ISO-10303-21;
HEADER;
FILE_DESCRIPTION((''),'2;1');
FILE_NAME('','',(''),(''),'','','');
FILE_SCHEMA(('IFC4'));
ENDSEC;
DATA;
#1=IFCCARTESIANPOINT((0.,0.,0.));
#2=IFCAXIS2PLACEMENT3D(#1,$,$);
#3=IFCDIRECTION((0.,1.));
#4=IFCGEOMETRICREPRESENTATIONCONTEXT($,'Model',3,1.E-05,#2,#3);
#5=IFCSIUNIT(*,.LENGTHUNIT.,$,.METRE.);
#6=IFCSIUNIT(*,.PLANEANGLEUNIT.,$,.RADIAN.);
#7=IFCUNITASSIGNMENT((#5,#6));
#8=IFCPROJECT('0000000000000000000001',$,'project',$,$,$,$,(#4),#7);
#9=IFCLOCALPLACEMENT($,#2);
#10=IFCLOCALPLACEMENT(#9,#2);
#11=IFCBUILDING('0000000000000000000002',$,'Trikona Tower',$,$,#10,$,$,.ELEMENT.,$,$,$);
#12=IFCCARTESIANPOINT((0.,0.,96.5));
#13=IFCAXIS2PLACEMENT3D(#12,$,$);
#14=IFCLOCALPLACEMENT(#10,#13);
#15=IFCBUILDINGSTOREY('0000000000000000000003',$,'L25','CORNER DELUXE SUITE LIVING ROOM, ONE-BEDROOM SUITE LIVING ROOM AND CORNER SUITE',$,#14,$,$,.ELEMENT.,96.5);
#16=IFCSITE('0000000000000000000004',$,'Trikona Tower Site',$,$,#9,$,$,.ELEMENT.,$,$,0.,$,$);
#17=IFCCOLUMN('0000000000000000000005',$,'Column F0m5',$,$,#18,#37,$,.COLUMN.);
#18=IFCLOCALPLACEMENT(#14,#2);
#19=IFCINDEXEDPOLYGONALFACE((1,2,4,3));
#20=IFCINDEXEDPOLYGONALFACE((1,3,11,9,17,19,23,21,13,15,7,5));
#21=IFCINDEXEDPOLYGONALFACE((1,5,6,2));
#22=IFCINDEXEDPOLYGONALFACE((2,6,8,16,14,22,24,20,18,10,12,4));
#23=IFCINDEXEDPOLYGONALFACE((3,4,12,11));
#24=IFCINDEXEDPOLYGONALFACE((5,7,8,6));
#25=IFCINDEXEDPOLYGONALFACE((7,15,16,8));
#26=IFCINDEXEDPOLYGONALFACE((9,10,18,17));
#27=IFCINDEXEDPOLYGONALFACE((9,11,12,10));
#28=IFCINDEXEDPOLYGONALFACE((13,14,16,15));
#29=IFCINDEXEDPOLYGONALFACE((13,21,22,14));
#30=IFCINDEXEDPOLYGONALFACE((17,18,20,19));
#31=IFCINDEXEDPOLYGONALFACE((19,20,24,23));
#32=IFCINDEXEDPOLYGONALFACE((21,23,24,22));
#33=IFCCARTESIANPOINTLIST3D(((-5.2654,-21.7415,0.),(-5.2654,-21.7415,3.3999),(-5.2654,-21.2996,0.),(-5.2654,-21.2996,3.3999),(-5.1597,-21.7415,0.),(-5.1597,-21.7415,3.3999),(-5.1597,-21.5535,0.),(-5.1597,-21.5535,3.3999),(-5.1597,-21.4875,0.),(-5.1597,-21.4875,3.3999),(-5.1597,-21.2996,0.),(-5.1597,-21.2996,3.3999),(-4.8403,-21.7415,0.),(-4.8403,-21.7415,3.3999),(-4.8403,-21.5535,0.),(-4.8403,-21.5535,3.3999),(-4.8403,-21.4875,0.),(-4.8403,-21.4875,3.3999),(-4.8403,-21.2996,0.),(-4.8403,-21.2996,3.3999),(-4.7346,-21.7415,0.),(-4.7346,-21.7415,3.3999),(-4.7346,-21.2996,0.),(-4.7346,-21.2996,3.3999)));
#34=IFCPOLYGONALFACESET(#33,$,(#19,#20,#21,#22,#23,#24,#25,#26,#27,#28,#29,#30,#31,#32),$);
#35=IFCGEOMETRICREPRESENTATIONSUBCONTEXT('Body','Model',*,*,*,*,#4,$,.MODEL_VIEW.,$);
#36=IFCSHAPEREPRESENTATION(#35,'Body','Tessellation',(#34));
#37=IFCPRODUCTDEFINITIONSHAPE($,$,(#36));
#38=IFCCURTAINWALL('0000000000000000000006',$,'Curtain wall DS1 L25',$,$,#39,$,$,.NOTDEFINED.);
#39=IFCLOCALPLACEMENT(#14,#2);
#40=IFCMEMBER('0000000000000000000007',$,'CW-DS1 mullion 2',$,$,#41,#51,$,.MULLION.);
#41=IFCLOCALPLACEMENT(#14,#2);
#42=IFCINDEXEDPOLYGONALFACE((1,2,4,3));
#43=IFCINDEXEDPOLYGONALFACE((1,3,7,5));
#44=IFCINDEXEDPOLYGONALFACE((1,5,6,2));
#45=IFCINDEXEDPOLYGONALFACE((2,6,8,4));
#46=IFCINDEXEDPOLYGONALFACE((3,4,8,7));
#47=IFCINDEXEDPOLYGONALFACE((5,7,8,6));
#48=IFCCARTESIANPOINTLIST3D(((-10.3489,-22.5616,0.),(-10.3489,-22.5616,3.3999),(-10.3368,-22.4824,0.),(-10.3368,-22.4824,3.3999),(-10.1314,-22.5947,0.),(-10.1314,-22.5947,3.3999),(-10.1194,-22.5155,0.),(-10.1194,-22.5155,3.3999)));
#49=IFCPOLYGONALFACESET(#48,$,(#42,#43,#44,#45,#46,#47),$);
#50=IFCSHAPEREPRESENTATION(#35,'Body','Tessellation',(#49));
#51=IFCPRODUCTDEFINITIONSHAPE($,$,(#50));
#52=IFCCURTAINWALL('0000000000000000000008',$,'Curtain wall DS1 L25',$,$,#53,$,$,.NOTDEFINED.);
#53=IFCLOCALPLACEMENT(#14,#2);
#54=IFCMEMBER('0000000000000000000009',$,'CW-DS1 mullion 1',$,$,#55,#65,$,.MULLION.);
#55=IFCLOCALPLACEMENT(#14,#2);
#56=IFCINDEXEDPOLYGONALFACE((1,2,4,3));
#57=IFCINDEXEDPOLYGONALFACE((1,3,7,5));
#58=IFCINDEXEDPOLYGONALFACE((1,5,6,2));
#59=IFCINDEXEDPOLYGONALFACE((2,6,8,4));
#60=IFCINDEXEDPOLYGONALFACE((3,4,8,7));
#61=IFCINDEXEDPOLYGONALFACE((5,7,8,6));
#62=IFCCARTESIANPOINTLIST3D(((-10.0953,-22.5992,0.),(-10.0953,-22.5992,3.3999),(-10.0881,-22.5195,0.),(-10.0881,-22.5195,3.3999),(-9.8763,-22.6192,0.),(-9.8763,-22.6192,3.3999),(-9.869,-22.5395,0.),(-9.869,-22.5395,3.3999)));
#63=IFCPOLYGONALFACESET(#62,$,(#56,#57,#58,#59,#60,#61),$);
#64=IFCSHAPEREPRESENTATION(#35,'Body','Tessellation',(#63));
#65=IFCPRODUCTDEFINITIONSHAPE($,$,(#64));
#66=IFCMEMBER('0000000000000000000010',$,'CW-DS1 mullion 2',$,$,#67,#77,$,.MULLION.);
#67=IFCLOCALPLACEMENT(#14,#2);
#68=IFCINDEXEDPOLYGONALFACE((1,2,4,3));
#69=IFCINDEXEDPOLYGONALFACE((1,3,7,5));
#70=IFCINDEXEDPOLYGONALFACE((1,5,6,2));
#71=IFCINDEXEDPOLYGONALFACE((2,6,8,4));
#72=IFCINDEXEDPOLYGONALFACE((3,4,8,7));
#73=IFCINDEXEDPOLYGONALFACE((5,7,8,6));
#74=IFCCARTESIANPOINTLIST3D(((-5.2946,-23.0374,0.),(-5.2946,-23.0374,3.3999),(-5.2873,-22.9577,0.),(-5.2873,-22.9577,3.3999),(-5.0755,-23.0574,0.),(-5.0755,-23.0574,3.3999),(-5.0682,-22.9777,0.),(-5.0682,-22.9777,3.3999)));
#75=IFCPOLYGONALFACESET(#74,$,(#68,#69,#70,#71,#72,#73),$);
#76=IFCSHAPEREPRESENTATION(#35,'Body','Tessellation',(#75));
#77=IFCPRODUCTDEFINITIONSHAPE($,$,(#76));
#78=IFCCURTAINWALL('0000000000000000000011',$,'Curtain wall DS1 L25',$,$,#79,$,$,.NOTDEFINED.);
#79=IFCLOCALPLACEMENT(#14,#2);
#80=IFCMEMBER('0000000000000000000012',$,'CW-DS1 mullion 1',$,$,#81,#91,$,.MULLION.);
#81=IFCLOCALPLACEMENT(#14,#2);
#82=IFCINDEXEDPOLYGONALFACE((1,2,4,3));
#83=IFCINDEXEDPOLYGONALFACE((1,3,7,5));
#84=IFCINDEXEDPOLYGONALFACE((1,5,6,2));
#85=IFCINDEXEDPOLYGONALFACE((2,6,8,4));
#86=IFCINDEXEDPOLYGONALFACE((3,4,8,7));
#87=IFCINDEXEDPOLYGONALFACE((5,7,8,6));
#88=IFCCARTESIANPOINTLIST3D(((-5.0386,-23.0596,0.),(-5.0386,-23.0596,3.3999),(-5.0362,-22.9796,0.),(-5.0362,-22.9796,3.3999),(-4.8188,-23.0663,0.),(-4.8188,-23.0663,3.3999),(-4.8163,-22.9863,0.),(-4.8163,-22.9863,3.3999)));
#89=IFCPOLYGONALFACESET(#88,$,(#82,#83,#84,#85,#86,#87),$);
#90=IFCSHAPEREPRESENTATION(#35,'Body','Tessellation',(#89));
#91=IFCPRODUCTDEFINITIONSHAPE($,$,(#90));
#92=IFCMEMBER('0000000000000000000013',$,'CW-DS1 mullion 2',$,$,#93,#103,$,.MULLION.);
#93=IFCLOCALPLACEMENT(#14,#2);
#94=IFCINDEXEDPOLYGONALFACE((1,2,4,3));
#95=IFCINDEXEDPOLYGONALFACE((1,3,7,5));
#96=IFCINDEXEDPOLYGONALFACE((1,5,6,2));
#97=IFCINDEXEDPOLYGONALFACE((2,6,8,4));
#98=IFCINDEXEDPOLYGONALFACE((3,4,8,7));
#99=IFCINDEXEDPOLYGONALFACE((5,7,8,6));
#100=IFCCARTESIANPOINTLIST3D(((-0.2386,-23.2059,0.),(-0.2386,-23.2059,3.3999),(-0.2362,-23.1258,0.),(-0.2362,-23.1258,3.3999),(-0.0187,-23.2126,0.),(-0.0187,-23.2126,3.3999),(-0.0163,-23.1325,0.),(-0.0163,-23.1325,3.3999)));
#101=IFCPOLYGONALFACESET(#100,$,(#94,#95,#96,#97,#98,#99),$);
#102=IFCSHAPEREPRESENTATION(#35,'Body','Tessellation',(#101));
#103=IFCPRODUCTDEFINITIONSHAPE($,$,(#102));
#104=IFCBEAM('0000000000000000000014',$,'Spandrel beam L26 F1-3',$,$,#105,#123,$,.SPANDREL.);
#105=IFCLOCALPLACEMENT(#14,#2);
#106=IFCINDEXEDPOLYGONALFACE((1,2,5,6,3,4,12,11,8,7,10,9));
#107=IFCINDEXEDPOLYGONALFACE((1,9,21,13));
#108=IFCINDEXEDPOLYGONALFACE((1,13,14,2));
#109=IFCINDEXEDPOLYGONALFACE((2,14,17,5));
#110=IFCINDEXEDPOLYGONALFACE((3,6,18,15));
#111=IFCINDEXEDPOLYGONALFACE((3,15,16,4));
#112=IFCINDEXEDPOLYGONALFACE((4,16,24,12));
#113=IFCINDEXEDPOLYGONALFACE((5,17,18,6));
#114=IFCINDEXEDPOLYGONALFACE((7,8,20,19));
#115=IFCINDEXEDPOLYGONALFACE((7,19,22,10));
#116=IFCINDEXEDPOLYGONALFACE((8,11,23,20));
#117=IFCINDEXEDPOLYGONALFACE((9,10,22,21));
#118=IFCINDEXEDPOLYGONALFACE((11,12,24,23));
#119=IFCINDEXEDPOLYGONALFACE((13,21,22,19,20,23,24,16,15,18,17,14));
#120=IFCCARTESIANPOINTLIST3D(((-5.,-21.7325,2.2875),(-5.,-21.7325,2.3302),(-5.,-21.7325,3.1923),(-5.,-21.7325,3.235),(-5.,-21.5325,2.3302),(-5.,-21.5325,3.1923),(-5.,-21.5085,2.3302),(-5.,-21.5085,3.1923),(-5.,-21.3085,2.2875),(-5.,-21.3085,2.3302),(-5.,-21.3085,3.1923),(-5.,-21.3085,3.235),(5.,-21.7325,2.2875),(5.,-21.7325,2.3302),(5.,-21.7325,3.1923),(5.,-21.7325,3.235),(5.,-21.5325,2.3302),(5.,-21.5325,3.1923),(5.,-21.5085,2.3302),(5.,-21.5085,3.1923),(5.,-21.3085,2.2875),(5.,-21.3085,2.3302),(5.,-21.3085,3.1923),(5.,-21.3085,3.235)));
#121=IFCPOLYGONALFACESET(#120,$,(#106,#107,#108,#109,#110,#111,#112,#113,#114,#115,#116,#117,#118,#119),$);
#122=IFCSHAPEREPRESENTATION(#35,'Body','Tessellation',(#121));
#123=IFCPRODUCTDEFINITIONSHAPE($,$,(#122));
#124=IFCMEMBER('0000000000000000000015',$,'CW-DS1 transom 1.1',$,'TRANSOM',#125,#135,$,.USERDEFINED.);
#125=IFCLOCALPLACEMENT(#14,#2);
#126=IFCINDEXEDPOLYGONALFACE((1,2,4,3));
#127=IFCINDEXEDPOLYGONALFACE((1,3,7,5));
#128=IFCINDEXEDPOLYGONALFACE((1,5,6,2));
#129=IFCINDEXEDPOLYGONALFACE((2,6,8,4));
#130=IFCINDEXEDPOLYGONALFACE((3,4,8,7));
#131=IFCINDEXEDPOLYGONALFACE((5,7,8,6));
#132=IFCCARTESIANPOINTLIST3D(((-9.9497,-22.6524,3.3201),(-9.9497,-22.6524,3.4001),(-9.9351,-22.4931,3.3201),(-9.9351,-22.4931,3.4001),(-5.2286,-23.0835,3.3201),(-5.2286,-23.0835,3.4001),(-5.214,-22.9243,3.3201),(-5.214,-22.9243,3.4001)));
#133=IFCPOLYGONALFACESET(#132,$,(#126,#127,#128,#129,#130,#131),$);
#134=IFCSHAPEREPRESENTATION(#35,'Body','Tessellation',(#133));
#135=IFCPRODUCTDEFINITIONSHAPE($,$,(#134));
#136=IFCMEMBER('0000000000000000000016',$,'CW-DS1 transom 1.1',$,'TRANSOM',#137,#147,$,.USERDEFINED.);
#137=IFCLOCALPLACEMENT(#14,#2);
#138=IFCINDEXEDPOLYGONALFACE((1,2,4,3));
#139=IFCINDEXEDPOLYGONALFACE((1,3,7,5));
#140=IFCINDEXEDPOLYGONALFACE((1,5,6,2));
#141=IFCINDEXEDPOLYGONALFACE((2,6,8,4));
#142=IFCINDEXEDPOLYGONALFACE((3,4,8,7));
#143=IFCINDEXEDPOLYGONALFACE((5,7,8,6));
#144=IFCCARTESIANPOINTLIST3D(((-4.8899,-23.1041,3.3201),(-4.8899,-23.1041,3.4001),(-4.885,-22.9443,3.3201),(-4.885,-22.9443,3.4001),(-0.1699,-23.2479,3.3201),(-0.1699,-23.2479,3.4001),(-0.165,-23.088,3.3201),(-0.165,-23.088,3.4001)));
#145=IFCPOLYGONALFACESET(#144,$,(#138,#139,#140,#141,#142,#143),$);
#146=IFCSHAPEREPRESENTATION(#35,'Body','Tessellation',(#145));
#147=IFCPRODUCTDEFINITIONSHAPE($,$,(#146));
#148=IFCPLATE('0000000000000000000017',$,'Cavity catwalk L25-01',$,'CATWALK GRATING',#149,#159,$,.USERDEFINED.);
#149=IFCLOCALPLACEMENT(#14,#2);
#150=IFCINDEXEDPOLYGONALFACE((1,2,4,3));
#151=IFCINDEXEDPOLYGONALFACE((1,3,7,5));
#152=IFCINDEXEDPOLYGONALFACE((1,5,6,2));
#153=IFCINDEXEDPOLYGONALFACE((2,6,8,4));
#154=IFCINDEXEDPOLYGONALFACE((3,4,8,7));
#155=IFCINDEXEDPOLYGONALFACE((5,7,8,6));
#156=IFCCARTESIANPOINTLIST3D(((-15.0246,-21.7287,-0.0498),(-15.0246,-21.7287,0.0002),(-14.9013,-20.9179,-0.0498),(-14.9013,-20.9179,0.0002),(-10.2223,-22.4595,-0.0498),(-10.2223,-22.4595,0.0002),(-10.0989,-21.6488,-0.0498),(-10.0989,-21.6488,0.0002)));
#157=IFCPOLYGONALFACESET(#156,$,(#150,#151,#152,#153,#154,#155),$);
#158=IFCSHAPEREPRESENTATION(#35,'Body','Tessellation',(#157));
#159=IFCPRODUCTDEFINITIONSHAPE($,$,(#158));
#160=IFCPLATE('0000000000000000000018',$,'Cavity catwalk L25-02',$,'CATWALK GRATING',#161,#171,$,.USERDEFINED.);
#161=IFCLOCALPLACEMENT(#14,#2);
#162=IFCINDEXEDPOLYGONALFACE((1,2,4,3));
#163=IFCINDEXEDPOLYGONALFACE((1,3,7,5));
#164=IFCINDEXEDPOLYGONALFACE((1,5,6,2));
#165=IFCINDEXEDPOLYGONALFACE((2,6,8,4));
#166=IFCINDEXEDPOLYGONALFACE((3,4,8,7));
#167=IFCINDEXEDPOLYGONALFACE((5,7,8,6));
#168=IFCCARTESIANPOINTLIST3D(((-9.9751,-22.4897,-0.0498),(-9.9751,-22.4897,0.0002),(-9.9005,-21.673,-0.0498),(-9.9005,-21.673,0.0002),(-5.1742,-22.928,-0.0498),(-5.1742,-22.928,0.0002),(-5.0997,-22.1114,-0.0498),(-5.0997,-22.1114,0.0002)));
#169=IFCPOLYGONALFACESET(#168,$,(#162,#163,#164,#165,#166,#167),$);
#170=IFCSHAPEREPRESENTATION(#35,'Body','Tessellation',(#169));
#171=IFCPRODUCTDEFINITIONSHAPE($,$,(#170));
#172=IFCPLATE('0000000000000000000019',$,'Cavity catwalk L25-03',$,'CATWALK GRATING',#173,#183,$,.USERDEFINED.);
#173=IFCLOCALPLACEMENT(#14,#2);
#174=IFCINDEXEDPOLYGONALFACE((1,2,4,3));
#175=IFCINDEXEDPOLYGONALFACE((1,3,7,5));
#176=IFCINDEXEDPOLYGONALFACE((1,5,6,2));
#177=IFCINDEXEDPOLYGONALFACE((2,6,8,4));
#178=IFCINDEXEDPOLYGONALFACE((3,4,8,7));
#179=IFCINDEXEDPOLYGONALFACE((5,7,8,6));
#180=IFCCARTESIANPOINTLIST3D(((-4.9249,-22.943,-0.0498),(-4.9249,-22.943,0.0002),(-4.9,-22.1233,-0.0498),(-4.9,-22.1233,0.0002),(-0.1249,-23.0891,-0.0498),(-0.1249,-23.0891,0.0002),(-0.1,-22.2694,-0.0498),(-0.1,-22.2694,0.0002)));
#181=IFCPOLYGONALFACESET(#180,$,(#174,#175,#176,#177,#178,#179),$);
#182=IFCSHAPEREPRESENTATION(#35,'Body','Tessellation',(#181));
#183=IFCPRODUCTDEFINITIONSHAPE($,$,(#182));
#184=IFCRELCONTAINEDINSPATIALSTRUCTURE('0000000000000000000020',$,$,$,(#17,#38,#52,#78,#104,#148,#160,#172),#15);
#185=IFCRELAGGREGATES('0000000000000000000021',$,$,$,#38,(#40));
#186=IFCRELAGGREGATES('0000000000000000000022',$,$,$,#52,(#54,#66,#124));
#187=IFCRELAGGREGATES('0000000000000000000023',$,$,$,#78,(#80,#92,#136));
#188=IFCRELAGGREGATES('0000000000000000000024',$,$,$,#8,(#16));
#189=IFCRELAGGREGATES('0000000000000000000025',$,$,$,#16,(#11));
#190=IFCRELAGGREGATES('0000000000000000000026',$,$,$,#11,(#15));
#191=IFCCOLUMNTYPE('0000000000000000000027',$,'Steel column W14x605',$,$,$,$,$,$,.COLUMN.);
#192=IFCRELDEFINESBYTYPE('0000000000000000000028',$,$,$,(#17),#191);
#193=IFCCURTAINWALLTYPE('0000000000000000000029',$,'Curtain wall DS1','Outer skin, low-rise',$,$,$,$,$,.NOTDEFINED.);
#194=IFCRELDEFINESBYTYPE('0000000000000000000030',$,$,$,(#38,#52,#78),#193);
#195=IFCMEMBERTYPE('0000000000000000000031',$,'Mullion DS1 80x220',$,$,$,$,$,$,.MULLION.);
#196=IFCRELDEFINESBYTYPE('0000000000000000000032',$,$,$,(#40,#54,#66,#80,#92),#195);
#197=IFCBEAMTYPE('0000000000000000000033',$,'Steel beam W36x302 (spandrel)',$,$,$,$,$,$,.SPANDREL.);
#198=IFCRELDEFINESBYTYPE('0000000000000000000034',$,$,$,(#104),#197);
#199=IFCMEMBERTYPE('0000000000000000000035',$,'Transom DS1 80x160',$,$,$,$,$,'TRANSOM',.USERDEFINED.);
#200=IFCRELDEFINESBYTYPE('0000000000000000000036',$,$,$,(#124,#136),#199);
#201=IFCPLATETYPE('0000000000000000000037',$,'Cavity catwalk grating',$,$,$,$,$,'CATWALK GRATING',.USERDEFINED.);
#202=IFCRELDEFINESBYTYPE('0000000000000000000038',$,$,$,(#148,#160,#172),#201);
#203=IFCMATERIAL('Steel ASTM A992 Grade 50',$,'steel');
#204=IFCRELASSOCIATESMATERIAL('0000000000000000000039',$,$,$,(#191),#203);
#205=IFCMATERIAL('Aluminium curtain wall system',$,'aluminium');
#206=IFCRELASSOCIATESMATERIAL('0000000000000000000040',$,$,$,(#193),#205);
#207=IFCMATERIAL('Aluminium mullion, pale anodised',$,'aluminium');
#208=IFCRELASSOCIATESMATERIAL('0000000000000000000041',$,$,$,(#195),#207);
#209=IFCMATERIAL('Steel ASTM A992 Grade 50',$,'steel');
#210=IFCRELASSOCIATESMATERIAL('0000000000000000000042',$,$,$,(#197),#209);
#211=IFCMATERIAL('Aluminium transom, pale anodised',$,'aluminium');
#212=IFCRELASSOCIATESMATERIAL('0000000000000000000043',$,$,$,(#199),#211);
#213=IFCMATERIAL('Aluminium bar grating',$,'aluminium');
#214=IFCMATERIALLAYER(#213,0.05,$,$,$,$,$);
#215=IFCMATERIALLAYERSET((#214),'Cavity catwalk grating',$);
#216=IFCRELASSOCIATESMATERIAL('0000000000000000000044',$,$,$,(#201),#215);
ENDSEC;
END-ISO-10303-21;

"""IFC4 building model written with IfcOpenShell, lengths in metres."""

from ifc_helpers import new_model, si_unit, direction, frame, origin, origin_2d, place, context, subcontext, project, spatial, rectangle, i_section, extrude, material, layer, layer_set, material_profile, profile_set, type_object, element, aggregate, save


model = new_model("IFC4")

# Units and contexts
model_context = context("Model", 3, precision=1e-05, world=origin(), true_north=direction((0.0, 1.0)))
body_context = subcontext(model_context, "Body", "Model", "MODEL_VIEW")
ifc_project = project(units=[si_unit("LENGTHUNIT", "METRE"), si_unit("PLANEANGLEUNIT", "RADIAN")], contexts=[model_context])

# Site, building, storey
site_placement = place(None, origin())
site = spatial("IfcSite", under=ifc_project, at=site_placement, Name="Trikona Tower Site", CompositionType="ELEMENT", RefElevation=0.0)
building_placement = place(site_placement, origin())
building = spatial("IfcBuilding", under=site, at=building_placement, Name="Trikona Tower", CompositionType="ELEMENT")
storey_placement = place(building_placement, frame((0.0, 0.0, 96.5)))
storey = spatial("IfcBuildingStorey", under=building, at=storey_placement, Name="L25", Description="CORNER DELUXE SUITE LIVING ROOM, ONE-BEDROOM SUITE LIVING ROOM AND CORNER SUITE", CompositionType="ELEMENT", Elevation=96.5)

# Column
ifc_material_1 = material(Name="Steel ASTM A992 Grade 50", Category="steel")
ifc_material_profile_1 = material_profile(ifc_material_1, i_section(OverallWidth=0.4419, OverallDepth=0.5308, WebThickness=0.0659, FlangeThickness=0.1057, at=origin_2d()), Name="W14X605")
ifc_profile_set_1 = profile_set([ifc_material_profile_1], Name="Steel ASTM A992 Grade 50")
column_type = type_object("IfcColumnType", Name="Steel column W14x605", PredefinedType="COLUMN", material=ifc_profile_set_1)
column_placement = place(storey_placement, frame((-5.0, -21.5205, 0.0), z_axis=(0.0, 0.0, 1.0), x_axis=(0.0, -1.0, 0.0)))
element("IfcColumn", 1, at=column_placement, inside=storey, type_object=column_type, Name="Column F0m5", PredefinedType="COLUMN", context=body_context, shape_type="SweptSolid", body=[
    extrude(i_section(OverallWidth=0.4419, OverallDepth=0.5308, WebThickness=0.0659, FlangeThickness=0.1057, at=origin_2d()), origin(), (0.0, 0.0, 1.0), 3.3999),
])

# Curtain wall, member
ifc_material_2 = material(Name="Aluminium curtain wall system", Category="aluminium")
curtain_wall_type = type_object("IfcCurtainWallType", Name="Curtain wall DS1", Description="Outer skin, low-rise", PredefinedType="NOTDEFINED", material=ifc_material_2)
curtain_wall_1_placement = place(storey_placement, origin())
curtain_wall_1 = element("IfcCurtainWall", 2, at=curtain_wall_1_placement, inside=storey, type_object=curtain_wall_type, Name="Curtain wall DS1 L25", PredefinedType="NOTDEFINED")
ifc_material_3 = material(Name="Aluminium mullion, pale anodised", Category="aluminium")
ifc_material_profile_2 = material_profile(ifc_material_3, rectangle(XDim=0.0801, YDim=0.22, at=origin_2d()), Name="MUL-DS1")
ifc_profile_set_2 = profile_set([ifc_material_profile_2], Name="Aluminium mullion, pale anodised")
member_type_1 = type_object("IfcMemberType", Name="Mullion DS1 80x220", PredefinedType="MULLION", material=ifc_profile_set_2)
member_1_placement = place(storey_placement, frame((-10.2341, -22.5386, 0.0), z_axis=(0.0, 0.0, 1.0), x_axis=(0.150438, 0.988619, 0.0)))
member_1 = element("IfcMember", 3, at=member_1_placement, type_object=member_type_1, Name="CW-DS1 mullion 2", PredefinedType="MULLION", context=body_context, shape_type="SweptSolid", body=[
    extrude(rectangle(XDim=0.0801, YDim=0.22, at=origin_2d()), origin(), (0.0, 0.0, 1.0), 3.3999),
])

# Curtain walls, members
curtain_wall_2_placement = place(storey_placement, origin())
curtain_wall_2 = element("IfcCurtainWall", 4, at=curtain_wall_2_placement, inside=storey, type_object=curtain_wall_type, Name="Curtain wall DS1 L25", PredefinedType="NOTDEFINED")
member_2_placement = place(storey_placement, frame((-9.9822, -22.5693, 0.0), z_axis=(0.0, 0.0, 1.0), x_axis=(0.090924, 0.995858, 0.0)))
member_2 = element("IfcMember", 5, at=member_2_placement, type_object=member_type_1, Name="CW-DS1 mullion 1", PredefinedType="MULLION", context=body_context, shape_type="SweptSolid", body=[
    extrude(rectangle(XDim=0.0801, YDim=0.22, at=origin_2d()), origin(), (0.0, 0.0, 1.0), 3.3999),
])
member_3_placement = place(storey_placement, frame((-5.1814, -23.0076, 0.0), z_axis=(0.0, 0.0, 1.0), x_axis=(0.090924, 0.995858, 0.0)))
member_3 = element("IfcMember", 6, at=member_3_placement, type_object=member_type_1, Name="CW-DS1 mullion 2", PredefinedType="MULLION", context=body_context, shape_type="SweptSolid", body=[
    extrude(rectangle(XDim=0.0801, YDim=0.22, at=origin_2d()), origin(), (0.0, 0.0, 1.0), 3.3999),
])
curtain_wall_3_placement = place(storey_placement, origin())
curtain_wall_3 = element("IfcCurtainWall", 7, at=curtain_wall_3_placement, inside=storey, type_object=curtain_wall_type, Name="Curtain wall DS1 L25", PredefinedType="NOTDEFINED")
member_4_placement = place(storey_placement, frame((-4.9275, -23.0229, 0.0), z_axis=(0.0, 0.0, 1.0), x_axis=(0.030437, 0.999537, 0.0)))
member_4 = element("IfcMember", 8, at=member_4_placement, type_object=member_type_1, Name="CW-DS1 mullion 1", PredefinedType="MULLION", context=body_context, shape_type="SweptSolid", body=[
    extrude(rectangle(XDim=0.0801, YDim=0.22, at=origin_2d()), origin(), (0.0, 0.0, 1.0), 3.3999),
])
member_5_placement = place(storey_placement, frame((-0.1274, -23.1692, 0.0), z_axis=(0.0, 0.0, 1.0), x_axis=(0.030437, 0.999537, 0.0)))
member_5 = element("IfcMember", 9, at=member_5_placement, type_object=member_type_1, Name="CW-DS1 mullion 2", PredefinedType="MULLION", context=body_context, shape_type="SweptSolid", body=[
    extrude(rectangle(XDim=0.0801, YDim=0.22, at=origin_2d()), origin(), (0.0, 0.0, 1.0), 3.3999),
])

# Beam
ifc_material_4 = material(Name="Steel ASTM A992 Grade 50", Category="steel")
ifc_material_profile_3 = material_profile(ifc_material_4, i_section(OverallWidth=0.4241, OverallDepth=0.9475, WebThickness=0.0239, FlangeThickness=0.0427, at=origin_2d()), Name="W36X302")
ifc_profile_set_3 = profile_set([ifc_material_profile_3], Name="Steel ASTM A992 Grade 50")
beam_type = type_object("IfcBeamType", Name="Steel beam W36x302 (spandrel)", PredefinedType="SPANDREL", material=ifc_profile_set_3)
beam_placement = place(storey_placement, frame((-5.0, -21.5205, 2.7612), z_axis=(1.0, 0.0, 0.0), x_axis=(0.0, 1.0, 0.0)))
element("IfcBeam", 10, at=beam_placement, inside=storey, type_object=beam_type, Name="Spandrel beam L26 F1-3", PredefinedType="SPANDREL", context=body_context, shape_type="SweptSolid", body=[
    extrude(i_section(OverallWidth=0.4241, OverallDepth=0.9475, WebThickness=0.0239, FlangeThickness=0.0427, at=origin_2d()), origin(), (0.0, 0.0, 1.0), 10.0),
])

# Members
ifc_material_5 = material(Name="Aluminium transom, pale anodised", Category="aluminium")
ifc_material_profile_4 = material_profile(ifc_material_5, rectangle(XDim=0.1599, YDim=0.0801, at=origin_2d()), Name="TRN-DS1")
ifc_profile_set_4 = profile_set([ifc_material_profile_4], Name="Aluminium transom, pale anodised")
member_type_2 = type_object("IfcMemberType", Name="Transom DS1 80x160", ElementType="TRANSOM", PredefinedType="USERDEFINED", material=ifc_profile_set_4)
member_6_placement = place(storey_placement, frame((-9.9424, -22.5728, 3.3601), z_axis=(0.995856, -0.090944, 0.0), x_axis=(0.090944, 0.995856, 0.0)))
member_6 = element("IfcMember", 11, at=member_6_placement, type_object=member_type_2, Name="CW-DS1 transom 1.1", ObjectType="TRANSOM", PredefinedType="USERDEFINED", context=body_context, shape_type="SweptSolid", body=[
    extrude(rectangle(XDim=0.1599, YDim=0.0801, at=origin_2d()), origin(), (0.0, 0.0, 1.0), 4.7407),
])
member_7_placement = place(storey_placement, frame((-4.8875, -23.0242, 3.3601), z_axis=(0.999536, -0.030452, 0.0), x_axis=(0.030452, 0.999536, 0.0)))
member_7 = element("IfcMember", 12, at=member_7_placement, type_object=member_type_2, Name="CW-DS1 transom 1.1", ObjectType="TRANSOM", PredefinedType="USERDEFINED", context=body_context, shape_type="SweptSolid", body=[
    extrude(rectangle(XDim=0.1599, YDim=0.0801, at=origin_2d()), origin(), (0.0, 0.0, 1.0), 4.7222),
])

# Plates
ifc_material_6 = material(Name="Aluminium bar grating", Category="aluminium")
ifc_layer_1 = layer(ifc_material_6, 0.05)
ifc_layer_set_1 = layer_set([ifc_layer_1], Name="Cavity catwalk grating")
plate_type_1 = type_object("IfcPlateType", Name="Cavity catwalk grating", ElementType="CATWALK GRATING", PredefinedType="USERDEFINED", material=ifc_layer_set_1)
plate_1_placement = place(storey_placement, frame((-12.5618, -21.6887, -0.0498), z_axis=(0.0, 0.0, 1.0), x_axis=(0.988618, -0.150448, 0.0)))
element("IfcPlate", 13, at=plate_1_placement, inside=storey, type_object=plate_type_1, Name="Cavity catwalk L25-01", ObjectType="CATWALK GRATING", PredefinedType="USERDEFINED", context=body_context, shape_type="SweptSolid", body=[
    extrude(rectangle(XDim=4.8577, YDim=0.8201, at=origin_2d()), origin(), (0.0, 0.0, 1.0), 0.05),
])
plate_2_placement = place(storey_placement, frame((-7.5374, -22.3005, -0.0498), z_axis=(0.0, 0.0, 1.0), x_axis=(0.995858, -0.090921, 0.0)))
element("IfcPlate", 14, at=plate_2_placement, inside=storey, type_object=plate_type_1, Name="Cavity catwalk L25-02", ObjectType="CATWALK GRATING", PredefinedType="USERDEFINED", context=body_context, shape_type="SweptSolid", body=[
    extrude(rectangle(XDim=4.8208, YDim=0.8201, at=origin_2d()), origin(), (0.0, 0.0, 1.0), 0.05),
])
plate_3_placement = place(storey_placement, frame((-2.5125, -22.6062, -0.0498), z_axis=(0.0, 0.0, 1.0), x_axis=(0.999537, -0.030425, 0.0)))
element("IfcPlate", 15, at=plate_3_placement, inside=storey, type_object=plate_type_1, Name="Cavity catwalk L25-03", ObjectType="CATWALK GRATING", PredefinedType="USERDEFINED", context=body_context, shape_type="SweptSolid", body=[
    extrude(rectangle(XDim=4.8022, YDim=0.8201, at=origin_2d()), origin(), (0.0, 0.0, 1.0), 0.05),
])

aggregate(curtain_wall_1, [member_1])
aggregate(curtain_wall_2, [member_2, member_3, member_6])
aggregate(curtain_wall_3, [member_4, member_5, member_7])

save(model, "model.ifc")
